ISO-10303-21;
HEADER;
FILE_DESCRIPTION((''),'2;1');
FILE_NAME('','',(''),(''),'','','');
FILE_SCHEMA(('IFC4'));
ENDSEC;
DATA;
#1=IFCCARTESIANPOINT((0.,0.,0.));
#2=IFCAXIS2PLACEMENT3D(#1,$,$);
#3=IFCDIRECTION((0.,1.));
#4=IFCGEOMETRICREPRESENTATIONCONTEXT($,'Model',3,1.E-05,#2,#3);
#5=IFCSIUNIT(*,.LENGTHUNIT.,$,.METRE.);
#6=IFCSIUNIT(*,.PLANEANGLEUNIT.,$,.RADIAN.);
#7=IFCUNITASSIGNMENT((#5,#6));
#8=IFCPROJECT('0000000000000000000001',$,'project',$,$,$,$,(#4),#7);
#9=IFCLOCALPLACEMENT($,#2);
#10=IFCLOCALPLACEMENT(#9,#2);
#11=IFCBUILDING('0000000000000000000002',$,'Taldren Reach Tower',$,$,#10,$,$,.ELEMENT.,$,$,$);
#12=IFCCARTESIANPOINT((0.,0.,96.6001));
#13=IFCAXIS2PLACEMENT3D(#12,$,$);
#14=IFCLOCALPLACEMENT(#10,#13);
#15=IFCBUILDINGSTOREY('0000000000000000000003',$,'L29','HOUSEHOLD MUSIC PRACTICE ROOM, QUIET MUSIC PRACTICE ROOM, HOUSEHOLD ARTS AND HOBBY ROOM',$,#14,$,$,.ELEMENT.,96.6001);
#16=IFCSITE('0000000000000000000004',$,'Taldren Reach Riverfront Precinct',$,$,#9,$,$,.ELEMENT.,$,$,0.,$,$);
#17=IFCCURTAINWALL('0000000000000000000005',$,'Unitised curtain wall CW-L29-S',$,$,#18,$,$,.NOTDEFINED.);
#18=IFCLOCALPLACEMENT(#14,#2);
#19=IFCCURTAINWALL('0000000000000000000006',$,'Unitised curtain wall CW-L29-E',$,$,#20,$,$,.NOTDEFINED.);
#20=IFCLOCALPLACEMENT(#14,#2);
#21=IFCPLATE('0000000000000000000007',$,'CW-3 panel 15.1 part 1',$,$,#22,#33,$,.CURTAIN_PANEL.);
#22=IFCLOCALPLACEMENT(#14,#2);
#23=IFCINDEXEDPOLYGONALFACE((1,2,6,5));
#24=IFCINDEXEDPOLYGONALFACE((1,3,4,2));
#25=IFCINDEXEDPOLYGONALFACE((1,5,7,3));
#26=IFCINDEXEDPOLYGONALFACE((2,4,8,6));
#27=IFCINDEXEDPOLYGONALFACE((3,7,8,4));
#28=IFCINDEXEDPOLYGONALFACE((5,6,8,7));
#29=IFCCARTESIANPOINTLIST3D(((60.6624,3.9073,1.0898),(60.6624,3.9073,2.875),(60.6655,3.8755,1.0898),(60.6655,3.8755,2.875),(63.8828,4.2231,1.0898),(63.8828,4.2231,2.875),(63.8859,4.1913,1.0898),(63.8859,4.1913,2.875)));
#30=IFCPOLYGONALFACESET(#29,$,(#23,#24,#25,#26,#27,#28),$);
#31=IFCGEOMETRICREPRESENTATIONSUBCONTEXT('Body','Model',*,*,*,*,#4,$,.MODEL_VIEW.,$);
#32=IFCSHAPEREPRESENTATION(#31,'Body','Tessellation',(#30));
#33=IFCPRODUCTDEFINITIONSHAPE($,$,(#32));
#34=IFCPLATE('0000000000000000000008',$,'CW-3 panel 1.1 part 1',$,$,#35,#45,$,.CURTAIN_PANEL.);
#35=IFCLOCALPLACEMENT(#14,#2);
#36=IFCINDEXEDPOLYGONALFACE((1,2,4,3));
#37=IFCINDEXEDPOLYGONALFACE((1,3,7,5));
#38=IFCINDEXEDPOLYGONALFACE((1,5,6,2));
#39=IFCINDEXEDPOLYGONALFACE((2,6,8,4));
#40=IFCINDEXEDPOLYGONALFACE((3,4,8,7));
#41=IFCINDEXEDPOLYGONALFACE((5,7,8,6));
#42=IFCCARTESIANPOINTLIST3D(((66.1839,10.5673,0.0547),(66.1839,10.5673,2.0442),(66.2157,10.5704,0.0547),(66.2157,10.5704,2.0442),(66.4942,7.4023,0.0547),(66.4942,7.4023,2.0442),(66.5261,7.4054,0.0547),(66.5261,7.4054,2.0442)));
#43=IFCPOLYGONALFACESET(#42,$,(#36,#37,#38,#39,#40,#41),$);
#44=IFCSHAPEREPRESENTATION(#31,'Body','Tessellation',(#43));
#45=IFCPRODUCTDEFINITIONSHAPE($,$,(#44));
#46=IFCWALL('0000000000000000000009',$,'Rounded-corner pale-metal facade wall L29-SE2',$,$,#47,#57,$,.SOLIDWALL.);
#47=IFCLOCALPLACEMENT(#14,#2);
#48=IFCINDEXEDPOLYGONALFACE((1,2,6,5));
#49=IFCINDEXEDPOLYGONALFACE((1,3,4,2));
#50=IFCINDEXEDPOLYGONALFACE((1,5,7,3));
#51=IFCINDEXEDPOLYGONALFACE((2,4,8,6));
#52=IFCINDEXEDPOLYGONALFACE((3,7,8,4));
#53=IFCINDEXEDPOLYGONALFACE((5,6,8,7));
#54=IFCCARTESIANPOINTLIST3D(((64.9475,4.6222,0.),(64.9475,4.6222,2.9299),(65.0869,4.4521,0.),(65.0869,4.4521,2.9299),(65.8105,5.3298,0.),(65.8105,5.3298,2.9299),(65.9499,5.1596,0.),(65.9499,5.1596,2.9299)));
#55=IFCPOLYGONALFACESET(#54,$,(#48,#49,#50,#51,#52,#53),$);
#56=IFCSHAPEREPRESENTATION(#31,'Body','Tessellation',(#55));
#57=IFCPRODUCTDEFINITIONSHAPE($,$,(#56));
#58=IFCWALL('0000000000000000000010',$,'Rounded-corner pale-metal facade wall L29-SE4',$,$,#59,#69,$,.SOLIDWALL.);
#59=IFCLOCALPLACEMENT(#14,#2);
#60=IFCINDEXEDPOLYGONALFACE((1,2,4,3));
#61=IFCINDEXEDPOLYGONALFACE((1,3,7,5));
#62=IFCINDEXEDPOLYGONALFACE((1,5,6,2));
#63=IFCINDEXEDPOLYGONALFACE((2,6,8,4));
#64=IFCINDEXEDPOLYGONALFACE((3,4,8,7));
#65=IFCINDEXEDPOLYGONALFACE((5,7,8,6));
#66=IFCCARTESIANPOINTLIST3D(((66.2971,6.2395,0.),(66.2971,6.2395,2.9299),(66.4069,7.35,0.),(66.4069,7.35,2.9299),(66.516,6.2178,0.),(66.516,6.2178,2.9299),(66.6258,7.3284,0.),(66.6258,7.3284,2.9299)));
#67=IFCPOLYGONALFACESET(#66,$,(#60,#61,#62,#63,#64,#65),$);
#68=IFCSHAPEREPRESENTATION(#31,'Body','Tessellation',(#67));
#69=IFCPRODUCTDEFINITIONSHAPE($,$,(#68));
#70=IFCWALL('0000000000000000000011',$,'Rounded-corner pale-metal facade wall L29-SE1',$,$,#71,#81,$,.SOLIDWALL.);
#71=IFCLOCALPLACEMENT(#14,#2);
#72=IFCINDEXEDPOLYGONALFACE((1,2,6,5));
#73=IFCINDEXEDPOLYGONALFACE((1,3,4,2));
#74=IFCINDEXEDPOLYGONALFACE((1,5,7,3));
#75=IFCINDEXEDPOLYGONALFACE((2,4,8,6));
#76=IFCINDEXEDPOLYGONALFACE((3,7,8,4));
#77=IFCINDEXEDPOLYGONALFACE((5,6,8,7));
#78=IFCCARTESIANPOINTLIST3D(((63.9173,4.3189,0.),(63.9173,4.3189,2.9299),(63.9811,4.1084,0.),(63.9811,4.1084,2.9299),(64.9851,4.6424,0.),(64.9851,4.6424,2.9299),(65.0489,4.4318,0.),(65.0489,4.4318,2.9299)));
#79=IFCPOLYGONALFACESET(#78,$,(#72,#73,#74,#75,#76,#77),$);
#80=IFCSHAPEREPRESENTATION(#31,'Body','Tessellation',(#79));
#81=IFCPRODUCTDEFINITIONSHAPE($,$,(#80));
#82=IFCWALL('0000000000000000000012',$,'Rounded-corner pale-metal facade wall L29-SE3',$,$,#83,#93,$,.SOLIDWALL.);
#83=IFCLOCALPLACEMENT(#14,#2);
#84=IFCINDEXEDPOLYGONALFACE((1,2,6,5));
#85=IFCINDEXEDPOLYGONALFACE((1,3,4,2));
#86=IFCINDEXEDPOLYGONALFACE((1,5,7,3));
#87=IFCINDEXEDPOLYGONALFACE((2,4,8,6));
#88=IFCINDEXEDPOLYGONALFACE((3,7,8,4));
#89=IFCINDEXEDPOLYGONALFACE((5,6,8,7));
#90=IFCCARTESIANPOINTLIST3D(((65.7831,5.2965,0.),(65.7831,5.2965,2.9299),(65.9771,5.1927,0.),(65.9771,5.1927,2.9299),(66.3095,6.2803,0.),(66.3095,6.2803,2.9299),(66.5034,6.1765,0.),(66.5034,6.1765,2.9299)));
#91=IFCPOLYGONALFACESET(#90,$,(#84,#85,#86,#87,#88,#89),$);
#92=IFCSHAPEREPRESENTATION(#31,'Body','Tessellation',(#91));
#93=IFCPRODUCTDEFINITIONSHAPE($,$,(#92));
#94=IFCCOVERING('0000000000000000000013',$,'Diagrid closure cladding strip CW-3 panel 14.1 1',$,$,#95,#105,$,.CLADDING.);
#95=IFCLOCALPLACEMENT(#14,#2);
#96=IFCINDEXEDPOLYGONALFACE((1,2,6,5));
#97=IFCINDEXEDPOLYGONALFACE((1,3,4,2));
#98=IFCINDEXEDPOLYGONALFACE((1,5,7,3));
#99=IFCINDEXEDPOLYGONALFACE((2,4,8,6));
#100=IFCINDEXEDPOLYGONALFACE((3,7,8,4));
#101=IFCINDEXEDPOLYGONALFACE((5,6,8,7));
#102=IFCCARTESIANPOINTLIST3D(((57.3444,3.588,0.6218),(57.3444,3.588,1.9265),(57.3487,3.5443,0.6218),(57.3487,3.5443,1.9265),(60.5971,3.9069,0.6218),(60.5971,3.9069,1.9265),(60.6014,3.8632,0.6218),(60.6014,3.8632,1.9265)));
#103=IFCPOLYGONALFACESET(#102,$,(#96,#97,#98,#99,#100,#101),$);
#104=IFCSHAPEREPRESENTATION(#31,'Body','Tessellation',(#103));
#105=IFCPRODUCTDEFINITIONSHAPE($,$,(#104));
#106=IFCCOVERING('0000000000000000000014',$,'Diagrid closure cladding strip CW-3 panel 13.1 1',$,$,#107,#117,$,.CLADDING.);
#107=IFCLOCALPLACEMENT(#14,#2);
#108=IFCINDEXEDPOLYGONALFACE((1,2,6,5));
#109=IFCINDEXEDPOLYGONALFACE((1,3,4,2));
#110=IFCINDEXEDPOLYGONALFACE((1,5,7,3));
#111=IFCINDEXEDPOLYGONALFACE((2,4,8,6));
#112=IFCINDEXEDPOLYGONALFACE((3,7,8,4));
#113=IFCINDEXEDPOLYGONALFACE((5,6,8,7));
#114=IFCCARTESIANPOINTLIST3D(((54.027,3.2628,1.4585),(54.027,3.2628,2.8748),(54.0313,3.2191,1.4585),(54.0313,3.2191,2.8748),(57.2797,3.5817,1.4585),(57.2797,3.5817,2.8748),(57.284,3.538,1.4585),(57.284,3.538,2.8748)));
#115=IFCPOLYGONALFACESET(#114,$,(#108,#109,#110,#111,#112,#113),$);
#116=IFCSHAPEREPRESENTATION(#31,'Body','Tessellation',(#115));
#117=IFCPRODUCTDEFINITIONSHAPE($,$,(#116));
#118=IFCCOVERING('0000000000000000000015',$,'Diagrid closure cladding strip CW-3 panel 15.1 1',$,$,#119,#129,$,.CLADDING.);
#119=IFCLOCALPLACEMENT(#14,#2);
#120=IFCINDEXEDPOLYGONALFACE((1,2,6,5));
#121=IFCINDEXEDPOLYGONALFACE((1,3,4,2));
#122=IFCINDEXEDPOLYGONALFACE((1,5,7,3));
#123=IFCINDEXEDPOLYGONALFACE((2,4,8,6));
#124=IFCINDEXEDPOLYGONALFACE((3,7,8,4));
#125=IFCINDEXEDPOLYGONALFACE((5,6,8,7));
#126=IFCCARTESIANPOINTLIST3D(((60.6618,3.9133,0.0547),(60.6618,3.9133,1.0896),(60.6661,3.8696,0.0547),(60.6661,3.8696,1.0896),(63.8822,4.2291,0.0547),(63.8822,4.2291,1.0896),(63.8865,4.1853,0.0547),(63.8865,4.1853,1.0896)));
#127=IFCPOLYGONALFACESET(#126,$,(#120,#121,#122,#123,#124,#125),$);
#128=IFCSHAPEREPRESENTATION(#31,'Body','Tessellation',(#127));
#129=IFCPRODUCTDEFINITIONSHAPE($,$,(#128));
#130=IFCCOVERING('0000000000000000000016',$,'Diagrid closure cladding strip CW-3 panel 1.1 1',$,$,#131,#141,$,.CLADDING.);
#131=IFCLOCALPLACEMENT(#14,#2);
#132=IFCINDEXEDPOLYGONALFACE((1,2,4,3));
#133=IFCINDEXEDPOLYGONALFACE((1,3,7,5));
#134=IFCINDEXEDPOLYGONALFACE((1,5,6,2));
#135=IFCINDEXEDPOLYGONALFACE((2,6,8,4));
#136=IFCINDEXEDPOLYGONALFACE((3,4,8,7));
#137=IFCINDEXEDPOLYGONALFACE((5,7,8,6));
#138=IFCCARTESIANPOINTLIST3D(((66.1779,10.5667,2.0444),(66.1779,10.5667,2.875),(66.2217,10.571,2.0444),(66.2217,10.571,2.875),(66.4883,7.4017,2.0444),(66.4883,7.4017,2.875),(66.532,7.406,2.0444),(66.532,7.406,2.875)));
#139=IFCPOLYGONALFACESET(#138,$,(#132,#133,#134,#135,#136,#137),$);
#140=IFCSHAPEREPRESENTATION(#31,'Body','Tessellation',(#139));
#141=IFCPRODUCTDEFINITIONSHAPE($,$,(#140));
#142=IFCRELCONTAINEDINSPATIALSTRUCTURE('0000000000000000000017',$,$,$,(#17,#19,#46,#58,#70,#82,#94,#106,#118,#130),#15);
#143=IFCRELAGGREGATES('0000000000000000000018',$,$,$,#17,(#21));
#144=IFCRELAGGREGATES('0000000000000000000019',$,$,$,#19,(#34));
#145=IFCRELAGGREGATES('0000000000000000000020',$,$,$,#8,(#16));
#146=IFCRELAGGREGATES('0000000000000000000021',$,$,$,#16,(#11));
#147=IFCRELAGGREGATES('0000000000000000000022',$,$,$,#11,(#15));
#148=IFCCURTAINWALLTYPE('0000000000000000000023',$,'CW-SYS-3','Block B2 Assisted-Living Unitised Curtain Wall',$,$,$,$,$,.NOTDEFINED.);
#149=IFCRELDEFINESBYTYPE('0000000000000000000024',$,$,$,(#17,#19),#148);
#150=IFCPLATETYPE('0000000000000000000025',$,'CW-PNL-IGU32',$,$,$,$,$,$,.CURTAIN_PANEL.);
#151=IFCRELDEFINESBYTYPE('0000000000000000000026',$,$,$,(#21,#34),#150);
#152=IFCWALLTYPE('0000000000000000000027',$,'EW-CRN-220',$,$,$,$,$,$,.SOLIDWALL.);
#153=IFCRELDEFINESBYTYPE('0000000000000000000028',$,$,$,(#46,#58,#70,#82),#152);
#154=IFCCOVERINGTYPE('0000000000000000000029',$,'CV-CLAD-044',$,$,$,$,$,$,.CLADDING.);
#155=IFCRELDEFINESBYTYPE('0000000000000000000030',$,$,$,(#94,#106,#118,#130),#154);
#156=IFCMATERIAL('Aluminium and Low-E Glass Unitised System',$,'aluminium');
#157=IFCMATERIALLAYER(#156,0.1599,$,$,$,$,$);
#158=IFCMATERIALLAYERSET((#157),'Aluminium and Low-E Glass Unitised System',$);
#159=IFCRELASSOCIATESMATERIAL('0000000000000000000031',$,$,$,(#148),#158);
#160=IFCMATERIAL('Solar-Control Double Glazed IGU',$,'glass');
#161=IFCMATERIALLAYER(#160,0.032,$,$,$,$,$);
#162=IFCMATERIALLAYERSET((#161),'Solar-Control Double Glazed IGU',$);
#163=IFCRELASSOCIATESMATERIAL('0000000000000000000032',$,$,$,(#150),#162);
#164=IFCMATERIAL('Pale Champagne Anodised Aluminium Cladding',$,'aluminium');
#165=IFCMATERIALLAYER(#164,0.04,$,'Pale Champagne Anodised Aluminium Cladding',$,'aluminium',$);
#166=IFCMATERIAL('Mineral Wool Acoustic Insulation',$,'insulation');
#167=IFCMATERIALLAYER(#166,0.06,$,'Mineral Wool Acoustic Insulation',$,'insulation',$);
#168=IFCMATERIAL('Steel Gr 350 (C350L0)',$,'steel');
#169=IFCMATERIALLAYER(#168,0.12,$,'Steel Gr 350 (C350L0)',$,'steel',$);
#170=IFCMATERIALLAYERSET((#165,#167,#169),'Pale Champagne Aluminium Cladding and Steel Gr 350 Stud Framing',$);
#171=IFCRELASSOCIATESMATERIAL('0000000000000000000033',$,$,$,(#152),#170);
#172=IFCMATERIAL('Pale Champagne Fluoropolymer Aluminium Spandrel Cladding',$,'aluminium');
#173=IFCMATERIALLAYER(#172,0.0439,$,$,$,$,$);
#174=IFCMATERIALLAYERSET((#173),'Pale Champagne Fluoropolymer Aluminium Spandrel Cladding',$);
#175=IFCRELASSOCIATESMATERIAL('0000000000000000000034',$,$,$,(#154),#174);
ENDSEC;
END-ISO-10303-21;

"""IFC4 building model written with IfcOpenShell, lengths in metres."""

from ifc_helpers import new_model, si_unit, direction, frame, frame_2d, origin, origin_2d, place, context, subcontext, project, spatial, rectangle, extrude, source, transform, mapped, material, layer, layer_set, type_object, element, aggregate, save


model = new_model("IFC4")

# Units and contexts
model_context = context("Model", 3, precision=1e-05, world=origin(), true_north=direction((0.0, 1.0)))
body_context = subcontext(model_context, "Body", "Model", "MODEL_VIEW")
ifc_project = project(units=[si_unit("LENGTHUNIT", "METRE"), si_unit("PLANEANGLEUNIT", "RADIAN")], contexts=[model_context])

# Site, building, storey
site_placement = place(None, origin())
site = spatial("IfcSite", under=ifc_project, at=site_placement, Name="Taldren Reach Riverfront Precinct", CompositionType="ELEMENT", RefElevation=0.0)
building_placement = place(site_placement, origin())
building = spatial("IfcBuilding", under=site, at=building_placement, Name="Taldren Reach Tower", CompositionType="ELEMENT")
storey_placement = place(building_placement, frame((0.0, 0.0, 96.6001)))
storey = spatial("IfcBuildingStorey", under=building, at=storey_placement, Name="L29", Description="HOUSEHOLD MUSIC PRACTICE ROOM, QUIET MUSIC PRACTICE ROOM, HOUSEHOLD ARTS AND HOBBY ROOM", CompositionType="ELEMENT", Elevation=96.6001)

# Shared definitions
ifc_material_1 = material(Name="Steel Gr 350 (C350L0)", Category="steel")

# Curtain wall
ifc_material_2 = material(Name="Aluminium and Low-E Glass Unitised System", Category="aluminium")
ifc_layer_1 = layer(ifc_material_2, 0.1599)
ifc_layer_set_1 = layer_set([ifc_layer_1], Name="Aluminium and Low-E Glass Unitised System")
curtain_wall_type = type_object("IfcCurtainWallType", Name="CW-SYS-3", Description="Block B2 Assisted-Living Unitised Curtain Wall", PredefinedType="NOTDEFINED", material=ifc_layer_set_1)
curtain_wall_1_placement = place(storey_placement, origin())
curtain_wall_1 = element("IfcCurtainWall", 1, at=curtain_wall_1_placement, inside=storey, type_object=curtain_wall_type, Name="Unitised curtain wall CW-L29-S", PredefinedType="NOTDEFINED")

# Curtain wall
curtain_wall_2_placement = place(storey_placement, origin())
curtain_wall_2 = element("IfcCurtainWall", 2, at=curtain_wall_2_placement, inside=storey, type_object=curtain_wall_type, Name="Unitised curtain wall CW-L29-E", PredefinedType="NOTDEFINED")

# Plates
ifc_material_3 = material(Name="Solar-Control Double Glazed IGU", Category="glass")
ifc_layer_2 = layer(ifc_material_3, 0.032)
ifc_layer_set_2 = layer_set([ifc_layer_2], Name="Solar-Control Double Glazed IGU")
plate_type_1 = type_object("IfcPlateType", Name="CW-PNL-IGU32", PredefinedType="CURTAIN_PANEL", material=ifc_layer_set_2)
shared_shape_1 = source(origin(), body_context, "Body", "SweptSolid", [
    extrude(rectangle(XDim=3.2358, YDim=0.032, at=origin_2d()), origin(), (0.0, 0.0, 1.0), 1.7852),
])
plate_1_placement = place(storey_placement, frame((62.2742, 4.0493, 1.0898), z_axis=(0.0, 0.0, 1.0), x_axis=(0.995227, 0.097583, 0.0)))
plate_1 = element("IfcPlate", 3, at=plate_1_placement, type_object=plate_type_1, Name="CW-3 panel 15.1 part 1", PredefinedType="CURTAIN_PANEL", context=body_context, shape_type="MappedRepresentation", body=[
    mapped(shared_shape_1, transform((0.0, 0.0, 0.0), scale=1.0)),
])
aggregate(curtain_wall_1, [plate_1])
shared_shape_2 = source(origin(), body_context, "Body", "SweptSolid", [
    extrude(rectangle(XDim=3.1802, YDim=0.032, at=origin_2d()), origin(), (0.0, 0.0, 1.0), 1.9895),
])
plate_2_placement = place(storey_placement, frame((66.355, 8.9863, 0.0547), z_axis=(0.0, 0.0, 1.0), x_axis=(-0.097583, 0.995227, 0.0)))
plate_2 = element("IfcPlate", 4, at=plate_2_placement, type_object=plate_type_1, Name="CW-3 panel 1.1 part 1", PredefinedType="CURTAIN_PANEL", context=body_context, shape_type="MappedRepresentation", body=[
    mapped(shared_shape_2, transform((0.0, 0.0, 0.0), scale=1.0)),
])
aggregate(curtain_wall_2, [plate_2])

# Walls
ifc_material_4 = material(Name="Pale Champagne Anodised Aluminium Cladding", Category="aluminium")
ifc_layer_3 = layer(ifc_material_4, 0.04, Name="Pale Champagne Anodised Aluminium Cladding", Category="aluminium")
ifc_material_5 = material(Name="Mineral Wool Acoustic Insulation", Category="insulation")
ifc_layer_4 = layer(ifc_material_5, 0.06, Name="Mineral Wool Acoustic Insulation", Category="insulation")
ifc_layer_5 = layer(ifc_material_1, 0.12, Name="Steel Gr 350 (C350L0)", Category="steel")
ifc_layer_set_3 = layer_set([ifc_layer_3, ifc_layer_4, ifc_layer_5], Name="Pale Champagne Aluminium Cladding and Steel Gr 350 Stud Framing")
wall_type = type_object("IfcWallType", Name="EW-CRN-220", PredefinedType="SOLIDWALL", material=ifc_layer_set_3)
shared_shape_3 = source(origin(), body_context, "Body", "SweptSolid", [
    extrude(rectangle(XDim=1.116, YDim=0.22, at=frame_2d((0.5581, 0.0))), origin(), (0.0, 0.0, 1.0), 2.9299),
])
for number, where, z_axis, x_axis, name in (
    (5, (65.0171, 4.5371, 0.0), (0.0, 0.0, 1.0), (0.773343, 0.633988, 0.0), "Rounded-corner pale-metal facade wall L29-SE2"),
    (6, (66.4065, 6.2285, 0.0), (0.0, 0.0, 1.0), (0.098442, 0.995143, 0.0), "Rounded-corner pale-metal facade wall L29-SE4"),
):
    element("IfcWall", number, at=place(storey_placement, frame(where, z_axis=z_axis, x_axis=x_axis)), inside=storey, type_object=wall_type, Name=name, PredefinedType="SOLIDWALL", context=body_context, shape_type="MappedRepresentation", body=[
        mapped(shared_shape_3, transform((0.0, 0.0, 0.0), scale=1.0)),
    ])
shared_shape_4 = source(origin(), body_context, "Body", "SweptSolid", [
    extrude(rectangle(XDim=1.1157, YDim=0.22, at=frame_2d((0.5579, 0.0))), origin(), (0.0, 0.0, 1.0), 2.9299),
])
for number, where, z_axis, x_axis, name in (
    (7, (63.9492, 4.2136, 0.0), (0.0, 0.0, 1.0), (0.957052, 0.289916, 0.0), "Rounded-corner pale-metal facade wall L29-SE1"),
    (8, (65.8801, 5.2446, 0.0), (0.0, 0.0, 1.0), (0.471723, 0.881747, 0.0), "Rounded-corner pale-metal facade wall L29-SE3"),
):
    element("IfcWall", number, at=place(storey_placement, frame(where, z_axis=z_axis, x_axis=x_axis)), inside=storey, type_object=wall_type, Name=name, PredefinedType="SOLIDWALL", context=body_context, shape_type="MappedRepresentation", body=[
        mapped(shared_shape_4, transform((0.0, 0.0, 0.0), scale=1.0)),
    ])

# Coverings
ifc_material_6 = material(Name="Pale Champagne Fluoropolymer Aluminium Spandrel Cladding", Category="aluminium")
ifc_layer_6 = layer(ifc_material_6, 0.0439)
ifc_layer_set_4 = layer_set([ifc_layer_6], Name="Pale Champagne Fluoropolymer Aluminium Spandrel Cladding")
covering_type = type_object("IfcCoveringType", Name="CV-CLAD-044", PredefinedType="CLADDING", material=ifc_layer_set_4)
shared_shape_5 = source(origin(), body_context, "Body", "SweptSolid", [
    extrude(rectangle(XDim=3.2683, YDim=0.0439, at=origin_2d()), origin(), (0.0, 0.0, 1.0), 1.3047),
])
covering_1_placement = place(storey_placement, frame((58.9729, 3.7256, 0.6218), z_axis=(0.0, 0.0, 1.0), x_axis=(0.995227, 0.097583, 0.0)))
element("IfcCovering", 9, at=covering_1_placement, inside=storey, type_object=covering_type, Name="Diagrid closure cladding strip CW-3 panel 14.1 1", PredefinedType="CLADDING", context=body_context, shape_type="MappedRepresentation", body=[
    mapped(shared_shape_5, transform((0.0, 0.0, 0.0), scale=1.0)),
])
shared_shape_6 = source(origin(), body_context, "Body", "SweptSolid", [
    extrude(rectangle(XDim=3.2683, YDim=0.0439, at=origin_2d()), origin(), (0.0, 0.0, 1.0), 1.4163),
])
covering_2_placement = place(storey_placement, frame((55.6555, 3.4004, 1.4585), z_axis=(0.0, 0.0, 1.0), x_axis=(0.995227, 0.097583, 0.0)))
element("IfcCovering", 10, at=covering_2_placement, inside=storey, type_object=covering_type, Name="Diagrid closure cladding strip CW-3 panel 13.1 1", PredefinedType="CLADDING", context=body_context, shape_type="MappedRepresentation", body=[
    mapped(shared_shape_6, transform((0.0, 0.0, 0.0), scale=1.0)),
])
shared_shape_7 = source(origin(), body_context, "Body", "SweptSolid", [
    extrude(rectangle(XDim=3.2358, YDim=0.0439, at=origin_2d()), origin(), (0.0, 0.0, 1.0), 1.0349),
])
covering_3_placement = place(storey_placement, frame((62.2742, 4.0493, 0.0547), z_axis=(0.0, 0.0, 1.0), x_axis=(0.995227, 0.097583, 0.0)))
element("IfcCovering", 11, at=covering_3_placement, inside=storey, type_object=covering_type, Name="Diagrid closure cladding strip CW-3 panel 15.1 1", PredefinedType="CLADDING", context=body_context, shape_type="MappedRepresentation", body=[
    mapped(shared_shape_7, transform((0.0, 0.0, 0.0), scale=1.0)),
])
shared_shape_8 = source(origin(), body_context, "Body", "SweptSolid", [
    extrude(rectangle(XDim=3.1802, YDim=0.0439, at=origin_2d()), origin(), (0.0, 0.0, 1.0), 0.8306),
])
covering_4_placement = place(storey_placement, frame((66.355, 8.9863, 2.0444), z_axis=(0.0, 0.0, 1.0), x_axis=(-0.097583, 0.995227, 0.0)))
element("IfcCovering", 12, at=covering_4_placement, inside=storey, type_object=covering_type, Name="Diagrid closure cladding strip CW-3 panel 1.1 1", PredefinedType="CLADDING", context=body_context, shape_type="MappedRepresentation", body=[
    mapped(shared_shape_8, transform((0.0, 0.0, 0.0), scale=1.0)),
])

save(model, "model.ifc")
